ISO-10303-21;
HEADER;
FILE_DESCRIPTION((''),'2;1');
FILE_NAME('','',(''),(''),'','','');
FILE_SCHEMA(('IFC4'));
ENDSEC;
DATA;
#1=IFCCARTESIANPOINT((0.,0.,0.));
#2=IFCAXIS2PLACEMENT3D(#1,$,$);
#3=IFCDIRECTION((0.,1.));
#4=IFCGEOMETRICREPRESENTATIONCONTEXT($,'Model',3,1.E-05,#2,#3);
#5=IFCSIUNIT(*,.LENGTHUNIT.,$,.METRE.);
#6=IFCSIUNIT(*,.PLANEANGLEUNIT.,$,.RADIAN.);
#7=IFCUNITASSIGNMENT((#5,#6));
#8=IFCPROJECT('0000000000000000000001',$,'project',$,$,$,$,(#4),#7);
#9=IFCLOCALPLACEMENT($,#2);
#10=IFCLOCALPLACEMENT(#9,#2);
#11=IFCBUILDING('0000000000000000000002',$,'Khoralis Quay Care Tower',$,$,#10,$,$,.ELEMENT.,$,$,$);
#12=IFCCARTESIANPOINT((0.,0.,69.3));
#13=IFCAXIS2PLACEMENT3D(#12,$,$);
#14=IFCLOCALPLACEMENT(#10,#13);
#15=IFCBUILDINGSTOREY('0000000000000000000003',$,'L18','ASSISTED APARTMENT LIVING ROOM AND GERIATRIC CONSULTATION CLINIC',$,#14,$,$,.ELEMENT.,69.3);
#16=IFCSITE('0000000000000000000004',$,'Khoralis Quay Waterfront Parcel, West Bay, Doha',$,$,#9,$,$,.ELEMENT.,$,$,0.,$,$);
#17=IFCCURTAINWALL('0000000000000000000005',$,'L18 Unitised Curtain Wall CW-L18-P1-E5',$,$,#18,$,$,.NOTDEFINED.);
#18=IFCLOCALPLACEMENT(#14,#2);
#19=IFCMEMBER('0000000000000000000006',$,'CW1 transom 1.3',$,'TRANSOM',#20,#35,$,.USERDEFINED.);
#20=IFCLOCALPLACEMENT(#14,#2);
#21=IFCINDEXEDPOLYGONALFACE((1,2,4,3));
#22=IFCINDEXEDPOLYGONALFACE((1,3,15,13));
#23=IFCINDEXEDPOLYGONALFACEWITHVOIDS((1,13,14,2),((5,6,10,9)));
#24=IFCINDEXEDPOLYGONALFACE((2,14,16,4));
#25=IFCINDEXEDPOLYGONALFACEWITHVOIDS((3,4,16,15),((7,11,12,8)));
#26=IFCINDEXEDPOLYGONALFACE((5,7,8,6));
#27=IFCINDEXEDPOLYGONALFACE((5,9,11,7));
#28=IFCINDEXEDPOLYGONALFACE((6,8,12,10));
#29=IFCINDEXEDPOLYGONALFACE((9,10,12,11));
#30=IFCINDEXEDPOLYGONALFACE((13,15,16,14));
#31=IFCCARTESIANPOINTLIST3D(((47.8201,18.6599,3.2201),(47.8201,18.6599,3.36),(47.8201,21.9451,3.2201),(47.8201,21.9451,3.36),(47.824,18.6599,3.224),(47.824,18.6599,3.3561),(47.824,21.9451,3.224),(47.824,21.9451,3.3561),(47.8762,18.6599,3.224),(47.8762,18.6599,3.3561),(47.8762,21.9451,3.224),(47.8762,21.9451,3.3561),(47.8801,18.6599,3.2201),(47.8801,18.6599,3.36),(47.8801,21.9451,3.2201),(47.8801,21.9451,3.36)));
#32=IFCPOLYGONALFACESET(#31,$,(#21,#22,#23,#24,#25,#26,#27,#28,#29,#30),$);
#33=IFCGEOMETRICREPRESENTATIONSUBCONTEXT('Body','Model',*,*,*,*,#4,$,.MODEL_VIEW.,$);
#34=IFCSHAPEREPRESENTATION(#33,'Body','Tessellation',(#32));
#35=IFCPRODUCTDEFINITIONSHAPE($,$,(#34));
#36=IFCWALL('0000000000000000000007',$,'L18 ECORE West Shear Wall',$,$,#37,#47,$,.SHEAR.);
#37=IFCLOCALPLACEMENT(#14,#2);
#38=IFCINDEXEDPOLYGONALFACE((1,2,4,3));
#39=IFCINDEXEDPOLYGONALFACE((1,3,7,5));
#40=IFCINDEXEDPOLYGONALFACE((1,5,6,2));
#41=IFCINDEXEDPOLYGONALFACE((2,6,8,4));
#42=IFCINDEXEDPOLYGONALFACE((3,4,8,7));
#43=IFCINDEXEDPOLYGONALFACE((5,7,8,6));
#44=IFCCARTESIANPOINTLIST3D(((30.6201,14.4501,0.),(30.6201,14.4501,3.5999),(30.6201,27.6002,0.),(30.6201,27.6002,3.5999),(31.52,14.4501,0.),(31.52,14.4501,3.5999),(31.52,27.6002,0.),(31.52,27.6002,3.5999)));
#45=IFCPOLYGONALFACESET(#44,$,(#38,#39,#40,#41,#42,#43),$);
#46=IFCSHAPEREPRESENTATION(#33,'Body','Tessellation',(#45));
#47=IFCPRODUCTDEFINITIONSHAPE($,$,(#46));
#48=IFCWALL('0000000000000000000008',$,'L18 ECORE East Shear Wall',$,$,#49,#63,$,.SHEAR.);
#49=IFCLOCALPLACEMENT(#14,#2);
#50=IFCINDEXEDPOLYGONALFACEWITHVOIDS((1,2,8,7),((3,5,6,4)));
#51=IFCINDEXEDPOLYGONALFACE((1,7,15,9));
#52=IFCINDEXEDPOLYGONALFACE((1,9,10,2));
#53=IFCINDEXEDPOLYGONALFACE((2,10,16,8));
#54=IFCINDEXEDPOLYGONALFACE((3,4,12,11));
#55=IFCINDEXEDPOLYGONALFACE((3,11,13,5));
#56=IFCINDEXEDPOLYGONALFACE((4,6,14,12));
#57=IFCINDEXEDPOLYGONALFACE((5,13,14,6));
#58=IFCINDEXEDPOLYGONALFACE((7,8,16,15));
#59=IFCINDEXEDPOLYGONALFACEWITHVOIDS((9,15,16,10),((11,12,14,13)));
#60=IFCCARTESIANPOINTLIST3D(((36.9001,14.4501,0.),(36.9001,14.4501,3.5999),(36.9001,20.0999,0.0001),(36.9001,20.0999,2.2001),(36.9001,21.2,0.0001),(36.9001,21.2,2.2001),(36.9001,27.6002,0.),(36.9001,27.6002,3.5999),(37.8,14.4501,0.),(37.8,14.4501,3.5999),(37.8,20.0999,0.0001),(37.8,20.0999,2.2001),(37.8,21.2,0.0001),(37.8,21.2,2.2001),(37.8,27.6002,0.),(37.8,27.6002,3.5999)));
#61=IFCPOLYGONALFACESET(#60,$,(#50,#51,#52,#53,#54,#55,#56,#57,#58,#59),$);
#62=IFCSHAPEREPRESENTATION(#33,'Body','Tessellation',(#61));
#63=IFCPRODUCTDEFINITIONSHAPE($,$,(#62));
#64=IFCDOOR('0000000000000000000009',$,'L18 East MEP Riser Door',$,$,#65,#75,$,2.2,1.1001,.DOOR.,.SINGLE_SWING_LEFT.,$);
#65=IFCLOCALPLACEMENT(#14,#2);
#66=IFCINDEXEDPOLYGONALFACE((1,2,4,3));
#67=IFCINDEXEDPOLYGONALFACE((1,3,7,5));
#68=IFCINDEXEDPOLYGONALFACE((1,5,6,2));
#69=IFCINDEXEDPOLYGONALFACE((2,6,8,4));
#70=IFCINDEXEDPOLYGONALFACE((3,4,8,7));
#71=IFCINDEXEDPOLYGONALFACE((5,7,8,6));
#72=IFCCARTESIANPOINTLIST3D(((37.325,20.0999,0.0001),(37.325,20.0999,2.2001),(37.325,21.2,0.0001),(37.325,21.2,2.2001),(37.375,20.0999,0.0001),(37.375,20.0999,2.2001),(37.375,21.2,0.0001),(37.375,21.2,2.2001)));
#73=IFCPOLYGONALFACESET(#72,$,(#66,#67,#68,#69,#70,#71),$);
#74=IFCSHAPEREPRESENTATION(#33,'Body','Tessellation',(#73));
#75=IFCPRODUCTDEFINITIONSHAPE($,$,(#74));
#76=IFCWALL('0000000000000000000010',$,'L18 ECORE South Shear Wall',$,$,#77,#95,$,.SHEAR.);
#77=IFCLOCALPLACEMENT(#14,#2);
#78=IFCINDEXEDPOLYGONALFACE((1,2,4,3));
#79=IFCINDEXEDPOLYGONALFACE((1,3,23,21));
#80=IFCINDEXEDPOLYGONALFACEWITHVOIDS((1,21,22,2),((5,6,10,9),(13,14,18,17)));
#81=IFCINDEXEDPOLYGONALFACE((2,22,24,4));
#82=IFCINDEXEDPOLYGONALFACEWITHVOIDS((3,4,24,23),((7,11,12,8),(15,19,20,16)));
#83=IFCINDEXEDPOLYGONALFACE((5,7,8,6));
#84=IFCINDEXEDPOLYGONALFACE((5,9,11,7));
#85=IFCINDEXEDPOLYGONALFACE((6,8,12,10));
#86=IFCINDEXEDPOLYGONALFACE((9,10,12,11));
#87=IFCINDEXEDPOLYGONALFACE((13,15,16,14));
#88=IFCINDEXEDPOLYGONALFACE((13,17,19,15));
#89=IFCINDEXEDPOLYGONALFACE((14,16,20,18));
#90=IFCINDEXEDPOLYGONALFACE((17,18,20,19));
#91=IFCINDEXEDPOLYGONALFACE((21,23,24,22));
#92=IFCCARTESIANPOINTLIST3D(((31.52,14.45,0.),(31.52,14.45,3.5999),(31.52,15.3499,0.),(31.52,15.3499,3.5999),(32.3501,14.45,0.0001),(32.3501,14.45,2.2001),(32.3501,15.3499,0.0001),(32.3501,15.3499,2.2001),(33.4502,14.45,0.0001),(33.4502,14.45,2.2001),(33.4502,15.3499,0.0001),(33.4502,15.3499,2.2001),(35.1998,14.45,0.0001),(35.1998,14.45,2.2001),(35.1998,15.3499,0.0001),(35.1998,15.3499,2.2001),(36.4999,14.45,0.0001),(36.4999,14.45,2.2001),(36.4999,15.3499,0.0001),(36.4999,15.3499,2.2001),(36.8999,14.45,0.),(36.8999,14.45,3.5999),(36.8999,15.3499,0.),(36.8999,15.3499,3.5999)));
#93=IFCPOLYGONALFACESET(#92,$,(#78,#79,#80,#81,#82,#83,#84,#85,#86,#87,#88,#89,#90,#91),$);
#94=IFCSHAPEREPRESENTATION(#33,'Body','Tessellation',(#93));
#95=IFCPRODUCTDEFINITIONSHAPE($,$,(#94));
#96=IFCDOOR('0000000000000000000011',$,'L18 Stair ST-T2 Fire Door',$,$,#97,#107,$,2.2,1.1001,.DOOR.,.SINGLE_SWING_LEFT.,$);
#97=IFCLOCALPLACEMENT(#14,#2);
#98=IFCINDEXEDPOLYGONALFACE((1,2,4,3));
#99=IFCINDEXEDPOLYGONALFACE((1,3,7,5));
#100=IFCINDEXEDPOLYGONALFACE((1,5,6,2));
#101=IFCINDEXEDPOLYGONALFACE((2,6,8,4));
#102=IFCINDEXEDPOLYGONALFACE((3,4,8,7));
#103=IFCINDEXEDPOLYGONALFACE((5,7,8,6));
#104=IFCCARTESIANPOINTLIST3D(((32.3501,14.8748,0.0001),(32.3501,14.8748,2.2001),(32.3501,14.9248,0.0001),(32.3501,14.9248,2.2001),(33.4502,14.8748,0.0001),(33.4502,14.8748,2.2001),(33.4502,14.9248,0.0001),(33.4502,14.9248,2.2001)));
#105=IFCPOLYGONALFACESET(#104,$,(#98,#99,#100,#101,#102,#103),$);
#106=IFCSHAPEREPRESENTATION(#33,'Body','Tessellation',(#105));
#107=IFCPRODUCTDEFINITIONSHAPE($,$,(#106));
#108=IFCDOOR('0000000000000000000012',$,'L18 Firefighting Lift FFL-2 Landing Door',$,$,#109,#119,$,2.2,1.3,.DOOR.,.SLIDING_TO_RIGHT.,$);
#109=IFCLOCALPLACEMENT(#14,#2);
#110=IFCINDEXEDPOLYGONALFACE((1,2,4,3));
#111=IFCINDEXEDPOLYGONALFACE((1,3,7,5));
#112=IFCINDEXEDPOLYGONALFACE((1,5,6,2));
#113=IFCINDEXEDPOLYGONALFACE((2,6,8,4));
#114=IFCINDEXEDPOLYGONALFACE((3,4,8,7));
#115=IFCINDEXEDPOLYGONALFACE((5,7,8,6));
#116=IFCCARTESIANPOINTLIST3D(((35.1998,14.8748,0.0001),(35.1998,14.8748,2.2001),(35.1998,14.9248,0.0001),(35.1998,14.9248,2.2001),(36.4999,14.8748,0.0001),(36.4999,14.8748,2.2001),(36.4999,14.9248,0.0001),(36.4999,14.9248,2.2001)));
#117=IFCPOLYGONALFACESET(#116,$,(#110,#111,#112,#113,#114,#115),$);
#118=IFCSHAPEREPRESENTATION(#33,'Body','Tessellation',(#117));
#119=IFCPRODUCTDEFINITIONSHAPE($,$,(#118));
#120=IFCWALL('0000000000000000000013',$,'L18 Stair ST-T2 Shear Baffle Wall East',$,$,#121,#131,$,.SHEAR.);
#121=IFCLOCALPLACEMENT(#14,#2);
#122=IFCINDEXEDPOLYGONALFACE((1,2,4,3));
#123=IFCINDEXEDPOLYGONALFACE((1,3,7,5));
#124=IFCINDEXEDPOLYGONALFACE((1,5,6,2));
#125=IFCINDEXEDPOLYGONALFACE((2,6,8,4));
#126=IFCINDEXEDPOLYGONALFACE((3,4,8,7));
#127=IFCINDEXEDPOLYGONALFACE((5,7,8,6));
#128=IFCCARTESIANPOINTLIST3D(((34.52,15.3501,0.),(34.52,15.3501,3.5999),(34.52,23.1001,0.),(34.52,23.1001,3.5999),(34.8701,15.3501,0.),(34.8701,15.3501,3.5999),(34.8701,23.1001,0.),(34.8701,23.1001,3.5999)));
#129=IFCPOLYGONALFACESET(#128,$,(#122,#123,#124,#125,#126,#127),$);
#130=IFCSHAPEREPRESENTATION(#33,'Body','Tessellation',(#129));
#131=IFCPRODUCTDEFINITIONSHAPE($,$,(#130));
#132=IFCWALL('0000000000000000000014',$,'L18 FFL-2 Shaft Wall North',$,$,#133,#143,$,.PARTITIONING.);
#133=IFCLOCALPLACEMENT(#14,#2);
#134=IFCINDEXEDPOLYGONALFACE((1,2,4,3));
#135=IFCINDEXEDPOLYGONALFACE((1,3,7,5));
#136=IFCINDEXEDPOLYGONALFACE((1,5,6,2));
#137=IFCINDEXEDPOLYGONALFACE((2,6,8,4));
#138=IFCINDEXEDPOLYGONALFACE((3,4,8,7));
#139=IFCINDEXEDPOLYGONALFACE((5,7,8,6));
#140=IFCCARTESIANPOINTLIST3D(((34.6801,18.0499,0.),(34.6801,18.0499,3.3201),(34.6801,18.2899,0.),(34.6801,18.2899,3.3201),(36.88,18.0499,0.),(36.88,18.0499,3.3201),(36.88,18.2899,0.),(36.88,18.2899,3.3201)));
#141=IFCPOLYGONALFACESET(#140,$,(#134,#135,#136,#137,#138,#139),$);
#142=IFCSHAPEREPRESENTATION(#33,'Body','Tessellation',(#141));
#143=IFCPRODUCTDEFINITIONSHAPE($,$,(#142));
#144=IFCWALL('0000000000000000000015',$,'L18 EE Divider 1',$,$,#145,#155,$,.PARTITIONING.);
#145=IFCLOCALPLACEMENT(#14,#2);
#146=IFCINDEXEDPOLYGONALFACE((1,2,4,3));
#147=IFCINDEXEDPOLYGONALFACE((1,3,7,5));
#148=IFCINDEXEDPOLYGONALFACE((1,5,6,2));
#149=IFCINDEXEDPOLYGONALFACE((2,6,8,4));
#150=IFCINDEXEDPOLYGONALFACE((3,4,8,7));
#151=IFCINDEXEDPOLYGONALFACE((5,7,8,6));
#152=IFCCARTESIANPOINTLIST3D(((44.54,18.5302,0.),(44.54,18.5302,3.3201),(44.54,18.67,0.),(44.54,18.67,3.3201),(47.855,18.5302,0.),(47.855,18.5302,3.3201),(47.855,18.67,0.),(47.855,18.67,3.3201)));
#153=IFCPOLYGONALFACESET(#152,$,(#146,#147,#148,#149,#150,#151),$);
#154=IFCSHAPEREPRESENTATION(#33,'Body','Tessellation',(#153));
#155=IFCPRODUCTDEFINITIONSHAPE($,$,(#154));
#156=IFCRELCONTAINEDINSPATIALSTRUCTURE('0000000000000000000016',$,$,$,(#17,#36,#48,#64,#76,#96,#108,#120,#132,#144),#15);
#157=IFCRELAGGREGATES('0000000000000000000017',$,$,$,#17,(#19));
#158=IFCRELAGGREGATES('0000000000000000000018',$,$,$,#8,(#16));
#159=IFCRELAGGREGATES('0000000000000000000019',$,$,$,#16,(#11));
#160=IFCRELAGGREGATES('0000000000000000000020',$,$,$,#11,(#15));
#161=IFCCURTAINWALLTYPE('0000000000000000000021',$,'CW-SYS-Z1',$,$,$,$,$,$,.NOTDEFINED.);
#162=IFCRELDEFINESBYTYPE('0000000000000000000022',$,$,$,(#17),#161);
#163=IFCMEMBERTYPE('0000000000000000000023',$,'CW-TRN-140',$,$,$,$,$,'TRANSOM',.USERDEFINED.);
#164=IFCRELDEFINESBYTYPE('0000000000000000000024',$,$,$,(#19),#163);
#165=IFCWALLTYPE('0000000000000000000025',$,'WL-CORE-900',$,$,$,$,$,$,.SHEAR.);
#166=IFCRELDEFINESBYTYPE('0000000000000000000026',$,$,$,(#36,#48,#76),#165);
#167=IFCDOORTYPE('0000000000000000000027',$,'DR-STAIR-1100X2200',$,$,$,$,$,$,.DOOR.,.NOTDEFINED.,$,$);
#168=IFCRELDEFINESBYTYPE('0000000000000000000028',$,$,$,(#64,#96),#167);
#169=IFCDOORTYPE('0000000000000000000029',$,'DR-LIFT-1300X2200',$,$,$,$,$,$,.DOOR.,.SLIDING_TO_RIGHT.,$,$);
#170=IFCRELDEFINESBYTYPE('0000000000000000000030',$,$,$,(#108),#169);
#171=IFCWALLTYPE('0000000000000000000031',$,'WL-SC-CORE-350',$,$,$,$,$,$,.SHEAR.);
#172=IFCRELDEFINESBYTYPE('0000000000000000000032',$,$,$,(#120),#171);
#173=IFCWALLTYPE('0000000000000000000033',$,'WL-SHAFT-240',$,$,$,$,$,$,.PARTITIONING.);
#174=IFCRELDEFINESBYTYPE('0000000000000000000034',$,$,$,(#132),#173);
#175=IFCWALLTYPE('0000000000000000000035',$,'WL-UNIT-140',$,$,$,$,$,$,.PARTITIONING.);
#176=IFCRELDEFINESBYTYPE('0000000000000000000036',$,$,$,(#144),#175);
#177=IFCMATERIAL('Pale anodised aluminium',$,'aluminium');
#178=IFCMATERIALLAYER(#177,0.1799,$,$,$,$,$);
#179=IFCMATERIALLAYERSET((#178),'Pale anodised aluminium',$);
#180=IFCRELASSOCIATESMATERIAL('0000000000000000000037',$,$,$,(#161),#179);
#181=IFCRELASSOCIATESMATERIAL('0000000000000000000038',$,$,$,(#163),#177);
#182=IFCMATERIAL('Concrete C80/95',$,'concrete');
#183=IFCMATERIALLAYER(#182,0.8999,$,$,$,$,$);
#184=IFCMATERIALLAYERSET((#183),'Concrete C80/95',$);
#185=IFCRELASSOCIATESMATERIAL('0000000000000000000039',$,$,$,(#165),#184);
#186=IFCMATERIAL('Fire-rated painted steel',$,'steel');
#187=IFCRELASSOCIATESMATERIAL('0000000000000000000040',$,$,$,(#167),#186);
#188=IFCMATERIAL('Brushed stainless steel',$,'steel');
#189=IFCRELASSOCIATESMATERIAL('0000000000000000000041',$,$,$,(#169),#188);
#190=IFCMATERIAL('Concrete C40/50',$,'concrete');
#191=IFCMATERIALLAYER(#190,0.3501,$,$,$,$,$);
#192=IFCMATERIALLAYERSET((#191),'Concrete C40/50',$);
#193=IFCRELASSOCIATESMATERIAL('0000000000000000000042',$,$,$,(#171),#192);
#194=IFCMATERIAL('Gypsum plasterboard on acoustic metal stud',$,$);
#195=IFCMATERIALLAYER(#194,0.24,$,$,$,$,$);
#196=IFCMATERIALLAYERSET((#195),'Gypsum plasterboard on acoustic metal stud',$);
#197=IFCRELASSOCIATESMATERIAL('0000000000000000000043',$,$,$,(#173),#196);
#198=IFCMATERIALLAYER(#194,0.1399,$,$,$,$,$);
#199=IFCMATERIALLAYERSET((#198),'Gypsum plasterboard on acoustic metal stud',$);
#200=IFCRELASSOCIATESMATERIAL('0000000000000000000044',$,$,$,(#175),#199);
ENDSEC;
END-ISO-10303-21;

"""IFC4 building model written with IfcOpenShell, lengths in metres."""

from ifc_helpers import new_model, si_unit, direction, frame, frame_2d, origin, origin_2d, place, context, subcontext, project, spatial, rectangle, hollow_rectangle, extrude, source, transform, mapped, material, layer, layer_set, material_profile, profile_set, type_object, element, fill, aggregate, save


model = new_model("IFC4")

# Units and contexts
model_context = context("Model", 3, precision=1e-05, world=origin(), true_north=direction((0.0, 1.0)))
body_context = subcontext(model_context, "Body", "Model", "MODEL_VIEW")
ifc_project = project(units=[si_unit("LENGTHUNIT", "METRE"), si_unit("PLANEANGLEUNIT", "RADIAN")], contexts=[model_context])

# Site, building, storey
site_placement = place(None, origin())
site = spatial("IfcSite", under=ifc_project, at=site_placement, Name="Khoralis Quay Waterfront Parcel, West Bay, Doha", CompositionType="ELEMENT", RefElevation=0.0)
building_placement = place(site_placement, origin())
building = spatial("IfcBuilding", under=site, at=building_placement, Name="Khoralis Quay Care Tower", CompositionType="ELEMENT")
storey_placement = place(building_placement, frame((0.0, 0.0, 69.3)))
storey = spatial("IfcBuildingStorey", under=building, at=storey_placement, Name="L18", Description="ASSISTED APARTMENT LIVING ROOM AND GERIATRIC CONSULTATION CLINIC", CompositionType="ELEMENT", Elevation=69.3)

# Shared definitions
ifc_material_1 = material(Name="Concrete C80/95", Category="concrete")

# Curtain wall, member
ifc_material_2 = material(Name="Pale anodised aluminium", Category="aluminium")
ifc_layer_1 = layer(ifc_material_2, 0.1799)
ifc_layer_set_1 = layer_set([ifc_layer_1], Name="Pale anodised aluminium")
curtain_wall_type = type_object("IfcCurtainWallType", Name="CW-SYS-Z1", PredefinedType="NOTDEFINED", material=ifc_layer_set_1)
curtain_wall_placement = place(storey_placement, origin())
curtain_wall = element("IfcCurtainWall", 1, at=curtain_wall_placement, inside=storey, type_object=curtain_wall_type, Name="L18 Unitised Curtain Wall CW-L18-P1-E5", PredefinedType="NOTDEFINED")
ifc_material_profile_1 = material_profile(ifc_material_2, hollow_rectangle(XDim=0.0601, YDim=0.1399, WallThickness=0.0039, at=origin_2d()), Name="Pale anodised aluminium")
ifc_profile_set_1 = profile_set([ifc_material_profile_1], Name="Pale anodised aluminium")
member_type_1 = type_object("IfcMemberType", Name="CW-TRN-140", ElementType="TRANSOM", PredefinedType="USERDEFINED", material=ifc_profile_set_1)
shared_shape_1 = source(origin(), body_context, "Body", "SweptSolid", [
    extrude(hollow_rectangle(XDim=0.0601, YDim=0.1399, WallThickness=0.0039, at=origin_2d()), origin(), (0.0, 0.0, 1.0), 3.2852),
])
member_1_placement = place(storey_placement, frame((47.8501, 18.6599, 3.29), z_axis=(0.0, 1.0, 0.0), x_axis=(-1.0, 0.0, 0.0)))
member_1 = element("IfcMember", 2, at=member_1_placement, type_object=member_type_1, Name="CW1 transom 1.3", ObjectType="TRANSOM", PredefinedType="USERDEFINED", context=body_context, shape_type="MappedRepresentation", body=[
    mapped(shared_shape_1, transform((0.0, 0.0, 0.0), scale=1.0)),
])
aggregate(curtain_wall, [member_1])

# Wall
ifc_layer_2 = layer(ifc_material_1, 0.8999)
ifc_layer_set_2 = layer_set([ifc_layer_2], Name="Concrete C80/95")
wall_type_1 = type_object("IfcWallType", Name="WL-CORE-900", PredefinedType="SHEAR", material=ifc_layer_set_2)
wall_1_placement = place(storey_placement, frame((31.0701, 14.45, 0.0), z_axis=(0.0, 0.0, 1.0), x_axis=(0.0, 1.0, 0.0)))
element("IfcWall", 3, at=wall_1_placement, inside=storey, type_object=wall_type_1, Name="L18 ECORE West Shear Wall", PredefinedType="SHEAR", context=body_context, shape_type="SweptSolid", body=[
    extrude(rectangle(XDim=13.1501, YDim=0.8999, at=frame_2d((6.5752, 0.0))), origin(), (0.0, 0.0, 1.0), 3.5999),
])

# Wall, opening, door
wall_2_placement = place(storey_placement, frame((37.3501, 14.45, 0.0), z_axis=(0.0, 0.0, 1.0), x_axis=(0.0, 1.0, 0.0)))
wall_2 = element("IfcWall", 4, at=wall_2_placement, inside=storey, type_object=wall_type_1, Name="L18 ECORE East Shear Wall", PredefinedType="SHEAR", context=body_context, shape_type="SweptSolid", body=[
    extrude(rectangle(XDim=13.1501, YDim=0.8999, at=frame_2d((6.5752, 0.0))), origin(), (0.0, 0.0, 1.0), 3.5999),
])
opening_1_placement = place(wall_2_placement, frame((5.6499, 0.0, 0.0)))
opening_1 = element("IfcOpeningElement", 5, at=opening_1_placement, cuts=wall_2, PredefinedType="OPENING", context=body_context, shape_type="SweptSolid", body=[
    extrude(rectangle(XDim=1.1001, YDim=2.2, at=frame_2d((0.55, 1.1001))), frame((0.0, 0.46, 0.0), z_axis=(0.0, -1.0, 0.0), x_axis=(1.0, 0.0, 0.0)), (0.0, 0.0, 1.0), 0.9199),
])
ifc_material_3 = material(Name="Fire-rated painted steel", Category="steel")
door_type_1 = type_object("IfcDoorType", Name="DR-STAIR-1100X2200", OperationType="NOTDEFINED", PredefinedType="DOOR", material=ifc_material_3)
shared_shape_2 = source(origin(), body_context, "Body", "SweptSolid", [
    extrude(rectangle(XDim=1.1001, YDim=2.2, at=frame_2d((0.55, 1.1001))), frame((0.0, 0.0249, 0.0), z_axis=(0.0, -1.0, 0.0), x_axis=(1.0, 0.0, 0.0)), (0.0, 0.0, 1.0), 0.05),
])
door_1_placement = place(opening_1_placement, frame((1.1001, 0.0, 0.0), z_axis=(0.0, 0.0, 1.0), x_axis=(-1.0, 0.0, 0.0)))
door_1 = element("IfcDoor", 6, at=door_1_placement, inside=storey, type_object=door_type_1, Name="L18 East MEP Riser Door", OperationType="SINGLE_SWING_LEFT", OverallHeight=2.2, OverallWidth=1.1001, PredefinedType="DOOR", context=body_context, shape_type="MappedRepresentation", body=[
    mapped(shared_shape_2, transform((0.0, 0.0, 0.0), scale=1.0)),
])
fill(opening_1, door_1)

# Wall, openings, doors
wall_3_placement = place(storey_placement, frame((31.52, 14.8999, 0.0), z_axis=(0.0, 0.0, 1.0), x_axis=(1.0, 0.0, 0.0)))
wall_3 = element("IfcWall", 7, at=wall_3_placement, inside=storey, type_object=wall_type_1, Name="L18 ECORE South Shear Wall", PredefinedType="SHEAR", context=body_context, shape_type="SweptSolid", body=[
    extrude(rectangle(XDim=5.3799, YDim=0.8999, at=frame_2d((2.6899, 0.0))), origin(), (0.0, 0.0, 1.0), 3.5999),
])
opening_2_placement = place(wall_3_placement, frame((0.8301, 0.0, 0.0)))
opening_2 = element("IfcOpeningElement", 8, at=opening_2_placement, cuts=wall_3, PredefinedType="OPENING", context=body_context, shape_type="SweptSolid", body=[
    extrude(rectangle(XDim=1.1001, YDim=2.2, at=frame_2d((0.55, 1.1001))), frame((0.0, 0.46, 0.0), z_axis=(0.0, -1.0, 0.0), x_axis=(1.0, 0.0, 0.0)), (0.0, 0.0, 1.0), 0.9199),
])
opening_3_placement = place(wall_3_placement, frame((3.6799, 0.0, 0.0)))
opening_3 = element("IfcOpeningElement", 9, at=opening_3_placement, cuts=wall_3, PredefinedType="OPENING", context=body_context, shape_type="SweptSolid", body=[
    extrude(rectangle(XDim=1.3, YDim=2.2, at=frame_2d((0.6499, 1.1001))), frame((0.0, 0.46, 0.0), z_axis=(0.0, -1.0, 0.0), x_axis=(1.0, 0.0, 0.0)), (0.0, 0.0, 1.0), 0.9199),
])
door_2_placement = place(opening_2_placement, origin())
door_2 = element("IfcDoor", 10, at=door_2_placement, inside=storey, type_object=door_type_1, Name="L18 Stair ST-T2 Fire Door", OperationType="SINGLE_SWING_LEFT", OverallHeight=2.2, OverallWidth=1.1001, PredefinedType="DOOR", context=body_context, shape_type="MappedRepresentation", body=[
    mapped(shared_shape_2, transform((0.0, 0.0, 0.0), scale=1.0)),
])
fill(opening_2, door_2)
ifc_material_4 = material(Name="Brushed stainless steel", Category="steel")
door_type_2 = type_object("IfcDoorType", Name="DR-LIFT-1300X2200", OperationType="SLIDING_TO_RIGHT", PredefinedType="DOOR", material=ifc_material_4)
shared_shape_3 = source(origin(), body_context, "Body", "SweptSolid", [
    extrude(rectangle(XDim=1.3, YDim=2.2, at=frame_2d((0.6499, 1.1001))), frame((0.0, 0.0249, 0.0), z_axis=(0.0, -1.0, 0.0), x_axis=(1.0, 0.0, 0.0)), (0.0, 0.0, 1.0), 0.05),
])
door_3_placement = place(opening_3_placement, origin())
door_3 = element("IfcDoor", 11, at=door_3_placement, inside=storey, type_object=door_type_2, Name="L18 Firefighting Lift FFL-2 Landing Door", OperationType="SLIDING_TO_RIGHT", OverallHeight=2.2, OverallWidth=1.3, PredefinedType="DOOR", context=body_context, shape_type="MappedRepresentation", body=[
    mapped(shared_shape_3, transform((0.0, 0.0, 0.0), scale=1.0)),
])
fill(opening_3, door_3)

# Walls
ifc_material_5 = material(Name="Concrete C40/50", Category="concrete")
ifc_layer_3 = layer(ifc_material_5, 0.3501)
ifc_layer_set_3 = layer_set([ifc_layer_3], Name="Concrete C40/50")
wall_type_2 = type_object("IfcWallType", Name="WL-SC-CORE-350", PredefinedType="SHEAR", material=ifc_layer_set_3)
wall_4_placement = place(storey_placement, frame((34.6951, 15.3501, 0.0), z_axis=(0.0, 0.0, 1.0), x_axis=(0.0, 1.0, 0.0)))
element("IfcWall", 12, at=wall_4_placement, inside=storey, type_object=wall_type_2, Name="L18 Stair ST-T2 Shear Baffle Wall East", PredefinedType="SHEAR", context=body_context, shape_type="SweptSolid", body=[
    extrude(rectangle(XDim=7.75, YDim=0.3501, at=frame_2d((3.875, 0.0))), origin(), (0.0, 0.0, 1.0), 3.5999),
])
ifc_material_6 = material(Name="Gypsum plasterboard on acoustic metal stud")
ifc_layer_4 = layer(ifc_material_6, 0.24)
ifc_layer_set_4 = layer_set([ifc_layer_4], Name="Gypsum plasterboard on acoustic metal stud")
wall_type_3 = type_object("IfcWallType", Name="WL-SHAFT-240", PredefinedType="PARTITIONING", material=ifc_layer_set_4)
wall_5_placement = place(storey_placement, frame((34.6799, 18.1699, 0.0), z_axis=(0.0, 0.0, 1.0), x_axis=(1.0, 0.0, 0.0)))
element("IfcWall", 13, at=wall_5_placement, inside=storey, type_object=wall_type_3, Name="L18 FFL-2 Shaft Wall North", PredefinedType="PARTITIONING", context=body_context, shape_type="SweptSolid", body=[
    extrude(rectangle(XDim=2.2, YDim=0.24, at=frame_2d((1.1001, 0.0))), origin(), (0.0, 0.0, 1.0), 3.3201),
])
ifc_layer_5 = layer(ifc_material_6, 0.1399)
ifc_layer_set_5 = layer_set([ifc_layer_5], Name="Gypsum plasterboard on acoustic metal stud")
wall_type_4 = type_object("IfcWallType", Name="WL-UNIT-140", PredefinedType="PARTITIONING", material=ifc_layer_set_5)
wall_6_placement = place(storey_placement, frame((44.54, 18.6001, 0.0), z_axis=(0.0, 0.0, 1.0), x_axis=(1.0, 0.0, 0.0)))
element("IfcWall", 14, at=wall_6_placement, inside=storey, type_object=wall_type_4, Name="L18 EE Divider 1", PredefinedType="PARTITIONING", context=body_context, shape_type="SweptSolid", body=[
    extrude(rectangle(XDim=3.3149, YDim=0.1399, at=frame_2d((1.6575, 0.0))), origin(), (0.0, 0.0, 1.0), 3.3201),
])

save(model, "model.ifc")
